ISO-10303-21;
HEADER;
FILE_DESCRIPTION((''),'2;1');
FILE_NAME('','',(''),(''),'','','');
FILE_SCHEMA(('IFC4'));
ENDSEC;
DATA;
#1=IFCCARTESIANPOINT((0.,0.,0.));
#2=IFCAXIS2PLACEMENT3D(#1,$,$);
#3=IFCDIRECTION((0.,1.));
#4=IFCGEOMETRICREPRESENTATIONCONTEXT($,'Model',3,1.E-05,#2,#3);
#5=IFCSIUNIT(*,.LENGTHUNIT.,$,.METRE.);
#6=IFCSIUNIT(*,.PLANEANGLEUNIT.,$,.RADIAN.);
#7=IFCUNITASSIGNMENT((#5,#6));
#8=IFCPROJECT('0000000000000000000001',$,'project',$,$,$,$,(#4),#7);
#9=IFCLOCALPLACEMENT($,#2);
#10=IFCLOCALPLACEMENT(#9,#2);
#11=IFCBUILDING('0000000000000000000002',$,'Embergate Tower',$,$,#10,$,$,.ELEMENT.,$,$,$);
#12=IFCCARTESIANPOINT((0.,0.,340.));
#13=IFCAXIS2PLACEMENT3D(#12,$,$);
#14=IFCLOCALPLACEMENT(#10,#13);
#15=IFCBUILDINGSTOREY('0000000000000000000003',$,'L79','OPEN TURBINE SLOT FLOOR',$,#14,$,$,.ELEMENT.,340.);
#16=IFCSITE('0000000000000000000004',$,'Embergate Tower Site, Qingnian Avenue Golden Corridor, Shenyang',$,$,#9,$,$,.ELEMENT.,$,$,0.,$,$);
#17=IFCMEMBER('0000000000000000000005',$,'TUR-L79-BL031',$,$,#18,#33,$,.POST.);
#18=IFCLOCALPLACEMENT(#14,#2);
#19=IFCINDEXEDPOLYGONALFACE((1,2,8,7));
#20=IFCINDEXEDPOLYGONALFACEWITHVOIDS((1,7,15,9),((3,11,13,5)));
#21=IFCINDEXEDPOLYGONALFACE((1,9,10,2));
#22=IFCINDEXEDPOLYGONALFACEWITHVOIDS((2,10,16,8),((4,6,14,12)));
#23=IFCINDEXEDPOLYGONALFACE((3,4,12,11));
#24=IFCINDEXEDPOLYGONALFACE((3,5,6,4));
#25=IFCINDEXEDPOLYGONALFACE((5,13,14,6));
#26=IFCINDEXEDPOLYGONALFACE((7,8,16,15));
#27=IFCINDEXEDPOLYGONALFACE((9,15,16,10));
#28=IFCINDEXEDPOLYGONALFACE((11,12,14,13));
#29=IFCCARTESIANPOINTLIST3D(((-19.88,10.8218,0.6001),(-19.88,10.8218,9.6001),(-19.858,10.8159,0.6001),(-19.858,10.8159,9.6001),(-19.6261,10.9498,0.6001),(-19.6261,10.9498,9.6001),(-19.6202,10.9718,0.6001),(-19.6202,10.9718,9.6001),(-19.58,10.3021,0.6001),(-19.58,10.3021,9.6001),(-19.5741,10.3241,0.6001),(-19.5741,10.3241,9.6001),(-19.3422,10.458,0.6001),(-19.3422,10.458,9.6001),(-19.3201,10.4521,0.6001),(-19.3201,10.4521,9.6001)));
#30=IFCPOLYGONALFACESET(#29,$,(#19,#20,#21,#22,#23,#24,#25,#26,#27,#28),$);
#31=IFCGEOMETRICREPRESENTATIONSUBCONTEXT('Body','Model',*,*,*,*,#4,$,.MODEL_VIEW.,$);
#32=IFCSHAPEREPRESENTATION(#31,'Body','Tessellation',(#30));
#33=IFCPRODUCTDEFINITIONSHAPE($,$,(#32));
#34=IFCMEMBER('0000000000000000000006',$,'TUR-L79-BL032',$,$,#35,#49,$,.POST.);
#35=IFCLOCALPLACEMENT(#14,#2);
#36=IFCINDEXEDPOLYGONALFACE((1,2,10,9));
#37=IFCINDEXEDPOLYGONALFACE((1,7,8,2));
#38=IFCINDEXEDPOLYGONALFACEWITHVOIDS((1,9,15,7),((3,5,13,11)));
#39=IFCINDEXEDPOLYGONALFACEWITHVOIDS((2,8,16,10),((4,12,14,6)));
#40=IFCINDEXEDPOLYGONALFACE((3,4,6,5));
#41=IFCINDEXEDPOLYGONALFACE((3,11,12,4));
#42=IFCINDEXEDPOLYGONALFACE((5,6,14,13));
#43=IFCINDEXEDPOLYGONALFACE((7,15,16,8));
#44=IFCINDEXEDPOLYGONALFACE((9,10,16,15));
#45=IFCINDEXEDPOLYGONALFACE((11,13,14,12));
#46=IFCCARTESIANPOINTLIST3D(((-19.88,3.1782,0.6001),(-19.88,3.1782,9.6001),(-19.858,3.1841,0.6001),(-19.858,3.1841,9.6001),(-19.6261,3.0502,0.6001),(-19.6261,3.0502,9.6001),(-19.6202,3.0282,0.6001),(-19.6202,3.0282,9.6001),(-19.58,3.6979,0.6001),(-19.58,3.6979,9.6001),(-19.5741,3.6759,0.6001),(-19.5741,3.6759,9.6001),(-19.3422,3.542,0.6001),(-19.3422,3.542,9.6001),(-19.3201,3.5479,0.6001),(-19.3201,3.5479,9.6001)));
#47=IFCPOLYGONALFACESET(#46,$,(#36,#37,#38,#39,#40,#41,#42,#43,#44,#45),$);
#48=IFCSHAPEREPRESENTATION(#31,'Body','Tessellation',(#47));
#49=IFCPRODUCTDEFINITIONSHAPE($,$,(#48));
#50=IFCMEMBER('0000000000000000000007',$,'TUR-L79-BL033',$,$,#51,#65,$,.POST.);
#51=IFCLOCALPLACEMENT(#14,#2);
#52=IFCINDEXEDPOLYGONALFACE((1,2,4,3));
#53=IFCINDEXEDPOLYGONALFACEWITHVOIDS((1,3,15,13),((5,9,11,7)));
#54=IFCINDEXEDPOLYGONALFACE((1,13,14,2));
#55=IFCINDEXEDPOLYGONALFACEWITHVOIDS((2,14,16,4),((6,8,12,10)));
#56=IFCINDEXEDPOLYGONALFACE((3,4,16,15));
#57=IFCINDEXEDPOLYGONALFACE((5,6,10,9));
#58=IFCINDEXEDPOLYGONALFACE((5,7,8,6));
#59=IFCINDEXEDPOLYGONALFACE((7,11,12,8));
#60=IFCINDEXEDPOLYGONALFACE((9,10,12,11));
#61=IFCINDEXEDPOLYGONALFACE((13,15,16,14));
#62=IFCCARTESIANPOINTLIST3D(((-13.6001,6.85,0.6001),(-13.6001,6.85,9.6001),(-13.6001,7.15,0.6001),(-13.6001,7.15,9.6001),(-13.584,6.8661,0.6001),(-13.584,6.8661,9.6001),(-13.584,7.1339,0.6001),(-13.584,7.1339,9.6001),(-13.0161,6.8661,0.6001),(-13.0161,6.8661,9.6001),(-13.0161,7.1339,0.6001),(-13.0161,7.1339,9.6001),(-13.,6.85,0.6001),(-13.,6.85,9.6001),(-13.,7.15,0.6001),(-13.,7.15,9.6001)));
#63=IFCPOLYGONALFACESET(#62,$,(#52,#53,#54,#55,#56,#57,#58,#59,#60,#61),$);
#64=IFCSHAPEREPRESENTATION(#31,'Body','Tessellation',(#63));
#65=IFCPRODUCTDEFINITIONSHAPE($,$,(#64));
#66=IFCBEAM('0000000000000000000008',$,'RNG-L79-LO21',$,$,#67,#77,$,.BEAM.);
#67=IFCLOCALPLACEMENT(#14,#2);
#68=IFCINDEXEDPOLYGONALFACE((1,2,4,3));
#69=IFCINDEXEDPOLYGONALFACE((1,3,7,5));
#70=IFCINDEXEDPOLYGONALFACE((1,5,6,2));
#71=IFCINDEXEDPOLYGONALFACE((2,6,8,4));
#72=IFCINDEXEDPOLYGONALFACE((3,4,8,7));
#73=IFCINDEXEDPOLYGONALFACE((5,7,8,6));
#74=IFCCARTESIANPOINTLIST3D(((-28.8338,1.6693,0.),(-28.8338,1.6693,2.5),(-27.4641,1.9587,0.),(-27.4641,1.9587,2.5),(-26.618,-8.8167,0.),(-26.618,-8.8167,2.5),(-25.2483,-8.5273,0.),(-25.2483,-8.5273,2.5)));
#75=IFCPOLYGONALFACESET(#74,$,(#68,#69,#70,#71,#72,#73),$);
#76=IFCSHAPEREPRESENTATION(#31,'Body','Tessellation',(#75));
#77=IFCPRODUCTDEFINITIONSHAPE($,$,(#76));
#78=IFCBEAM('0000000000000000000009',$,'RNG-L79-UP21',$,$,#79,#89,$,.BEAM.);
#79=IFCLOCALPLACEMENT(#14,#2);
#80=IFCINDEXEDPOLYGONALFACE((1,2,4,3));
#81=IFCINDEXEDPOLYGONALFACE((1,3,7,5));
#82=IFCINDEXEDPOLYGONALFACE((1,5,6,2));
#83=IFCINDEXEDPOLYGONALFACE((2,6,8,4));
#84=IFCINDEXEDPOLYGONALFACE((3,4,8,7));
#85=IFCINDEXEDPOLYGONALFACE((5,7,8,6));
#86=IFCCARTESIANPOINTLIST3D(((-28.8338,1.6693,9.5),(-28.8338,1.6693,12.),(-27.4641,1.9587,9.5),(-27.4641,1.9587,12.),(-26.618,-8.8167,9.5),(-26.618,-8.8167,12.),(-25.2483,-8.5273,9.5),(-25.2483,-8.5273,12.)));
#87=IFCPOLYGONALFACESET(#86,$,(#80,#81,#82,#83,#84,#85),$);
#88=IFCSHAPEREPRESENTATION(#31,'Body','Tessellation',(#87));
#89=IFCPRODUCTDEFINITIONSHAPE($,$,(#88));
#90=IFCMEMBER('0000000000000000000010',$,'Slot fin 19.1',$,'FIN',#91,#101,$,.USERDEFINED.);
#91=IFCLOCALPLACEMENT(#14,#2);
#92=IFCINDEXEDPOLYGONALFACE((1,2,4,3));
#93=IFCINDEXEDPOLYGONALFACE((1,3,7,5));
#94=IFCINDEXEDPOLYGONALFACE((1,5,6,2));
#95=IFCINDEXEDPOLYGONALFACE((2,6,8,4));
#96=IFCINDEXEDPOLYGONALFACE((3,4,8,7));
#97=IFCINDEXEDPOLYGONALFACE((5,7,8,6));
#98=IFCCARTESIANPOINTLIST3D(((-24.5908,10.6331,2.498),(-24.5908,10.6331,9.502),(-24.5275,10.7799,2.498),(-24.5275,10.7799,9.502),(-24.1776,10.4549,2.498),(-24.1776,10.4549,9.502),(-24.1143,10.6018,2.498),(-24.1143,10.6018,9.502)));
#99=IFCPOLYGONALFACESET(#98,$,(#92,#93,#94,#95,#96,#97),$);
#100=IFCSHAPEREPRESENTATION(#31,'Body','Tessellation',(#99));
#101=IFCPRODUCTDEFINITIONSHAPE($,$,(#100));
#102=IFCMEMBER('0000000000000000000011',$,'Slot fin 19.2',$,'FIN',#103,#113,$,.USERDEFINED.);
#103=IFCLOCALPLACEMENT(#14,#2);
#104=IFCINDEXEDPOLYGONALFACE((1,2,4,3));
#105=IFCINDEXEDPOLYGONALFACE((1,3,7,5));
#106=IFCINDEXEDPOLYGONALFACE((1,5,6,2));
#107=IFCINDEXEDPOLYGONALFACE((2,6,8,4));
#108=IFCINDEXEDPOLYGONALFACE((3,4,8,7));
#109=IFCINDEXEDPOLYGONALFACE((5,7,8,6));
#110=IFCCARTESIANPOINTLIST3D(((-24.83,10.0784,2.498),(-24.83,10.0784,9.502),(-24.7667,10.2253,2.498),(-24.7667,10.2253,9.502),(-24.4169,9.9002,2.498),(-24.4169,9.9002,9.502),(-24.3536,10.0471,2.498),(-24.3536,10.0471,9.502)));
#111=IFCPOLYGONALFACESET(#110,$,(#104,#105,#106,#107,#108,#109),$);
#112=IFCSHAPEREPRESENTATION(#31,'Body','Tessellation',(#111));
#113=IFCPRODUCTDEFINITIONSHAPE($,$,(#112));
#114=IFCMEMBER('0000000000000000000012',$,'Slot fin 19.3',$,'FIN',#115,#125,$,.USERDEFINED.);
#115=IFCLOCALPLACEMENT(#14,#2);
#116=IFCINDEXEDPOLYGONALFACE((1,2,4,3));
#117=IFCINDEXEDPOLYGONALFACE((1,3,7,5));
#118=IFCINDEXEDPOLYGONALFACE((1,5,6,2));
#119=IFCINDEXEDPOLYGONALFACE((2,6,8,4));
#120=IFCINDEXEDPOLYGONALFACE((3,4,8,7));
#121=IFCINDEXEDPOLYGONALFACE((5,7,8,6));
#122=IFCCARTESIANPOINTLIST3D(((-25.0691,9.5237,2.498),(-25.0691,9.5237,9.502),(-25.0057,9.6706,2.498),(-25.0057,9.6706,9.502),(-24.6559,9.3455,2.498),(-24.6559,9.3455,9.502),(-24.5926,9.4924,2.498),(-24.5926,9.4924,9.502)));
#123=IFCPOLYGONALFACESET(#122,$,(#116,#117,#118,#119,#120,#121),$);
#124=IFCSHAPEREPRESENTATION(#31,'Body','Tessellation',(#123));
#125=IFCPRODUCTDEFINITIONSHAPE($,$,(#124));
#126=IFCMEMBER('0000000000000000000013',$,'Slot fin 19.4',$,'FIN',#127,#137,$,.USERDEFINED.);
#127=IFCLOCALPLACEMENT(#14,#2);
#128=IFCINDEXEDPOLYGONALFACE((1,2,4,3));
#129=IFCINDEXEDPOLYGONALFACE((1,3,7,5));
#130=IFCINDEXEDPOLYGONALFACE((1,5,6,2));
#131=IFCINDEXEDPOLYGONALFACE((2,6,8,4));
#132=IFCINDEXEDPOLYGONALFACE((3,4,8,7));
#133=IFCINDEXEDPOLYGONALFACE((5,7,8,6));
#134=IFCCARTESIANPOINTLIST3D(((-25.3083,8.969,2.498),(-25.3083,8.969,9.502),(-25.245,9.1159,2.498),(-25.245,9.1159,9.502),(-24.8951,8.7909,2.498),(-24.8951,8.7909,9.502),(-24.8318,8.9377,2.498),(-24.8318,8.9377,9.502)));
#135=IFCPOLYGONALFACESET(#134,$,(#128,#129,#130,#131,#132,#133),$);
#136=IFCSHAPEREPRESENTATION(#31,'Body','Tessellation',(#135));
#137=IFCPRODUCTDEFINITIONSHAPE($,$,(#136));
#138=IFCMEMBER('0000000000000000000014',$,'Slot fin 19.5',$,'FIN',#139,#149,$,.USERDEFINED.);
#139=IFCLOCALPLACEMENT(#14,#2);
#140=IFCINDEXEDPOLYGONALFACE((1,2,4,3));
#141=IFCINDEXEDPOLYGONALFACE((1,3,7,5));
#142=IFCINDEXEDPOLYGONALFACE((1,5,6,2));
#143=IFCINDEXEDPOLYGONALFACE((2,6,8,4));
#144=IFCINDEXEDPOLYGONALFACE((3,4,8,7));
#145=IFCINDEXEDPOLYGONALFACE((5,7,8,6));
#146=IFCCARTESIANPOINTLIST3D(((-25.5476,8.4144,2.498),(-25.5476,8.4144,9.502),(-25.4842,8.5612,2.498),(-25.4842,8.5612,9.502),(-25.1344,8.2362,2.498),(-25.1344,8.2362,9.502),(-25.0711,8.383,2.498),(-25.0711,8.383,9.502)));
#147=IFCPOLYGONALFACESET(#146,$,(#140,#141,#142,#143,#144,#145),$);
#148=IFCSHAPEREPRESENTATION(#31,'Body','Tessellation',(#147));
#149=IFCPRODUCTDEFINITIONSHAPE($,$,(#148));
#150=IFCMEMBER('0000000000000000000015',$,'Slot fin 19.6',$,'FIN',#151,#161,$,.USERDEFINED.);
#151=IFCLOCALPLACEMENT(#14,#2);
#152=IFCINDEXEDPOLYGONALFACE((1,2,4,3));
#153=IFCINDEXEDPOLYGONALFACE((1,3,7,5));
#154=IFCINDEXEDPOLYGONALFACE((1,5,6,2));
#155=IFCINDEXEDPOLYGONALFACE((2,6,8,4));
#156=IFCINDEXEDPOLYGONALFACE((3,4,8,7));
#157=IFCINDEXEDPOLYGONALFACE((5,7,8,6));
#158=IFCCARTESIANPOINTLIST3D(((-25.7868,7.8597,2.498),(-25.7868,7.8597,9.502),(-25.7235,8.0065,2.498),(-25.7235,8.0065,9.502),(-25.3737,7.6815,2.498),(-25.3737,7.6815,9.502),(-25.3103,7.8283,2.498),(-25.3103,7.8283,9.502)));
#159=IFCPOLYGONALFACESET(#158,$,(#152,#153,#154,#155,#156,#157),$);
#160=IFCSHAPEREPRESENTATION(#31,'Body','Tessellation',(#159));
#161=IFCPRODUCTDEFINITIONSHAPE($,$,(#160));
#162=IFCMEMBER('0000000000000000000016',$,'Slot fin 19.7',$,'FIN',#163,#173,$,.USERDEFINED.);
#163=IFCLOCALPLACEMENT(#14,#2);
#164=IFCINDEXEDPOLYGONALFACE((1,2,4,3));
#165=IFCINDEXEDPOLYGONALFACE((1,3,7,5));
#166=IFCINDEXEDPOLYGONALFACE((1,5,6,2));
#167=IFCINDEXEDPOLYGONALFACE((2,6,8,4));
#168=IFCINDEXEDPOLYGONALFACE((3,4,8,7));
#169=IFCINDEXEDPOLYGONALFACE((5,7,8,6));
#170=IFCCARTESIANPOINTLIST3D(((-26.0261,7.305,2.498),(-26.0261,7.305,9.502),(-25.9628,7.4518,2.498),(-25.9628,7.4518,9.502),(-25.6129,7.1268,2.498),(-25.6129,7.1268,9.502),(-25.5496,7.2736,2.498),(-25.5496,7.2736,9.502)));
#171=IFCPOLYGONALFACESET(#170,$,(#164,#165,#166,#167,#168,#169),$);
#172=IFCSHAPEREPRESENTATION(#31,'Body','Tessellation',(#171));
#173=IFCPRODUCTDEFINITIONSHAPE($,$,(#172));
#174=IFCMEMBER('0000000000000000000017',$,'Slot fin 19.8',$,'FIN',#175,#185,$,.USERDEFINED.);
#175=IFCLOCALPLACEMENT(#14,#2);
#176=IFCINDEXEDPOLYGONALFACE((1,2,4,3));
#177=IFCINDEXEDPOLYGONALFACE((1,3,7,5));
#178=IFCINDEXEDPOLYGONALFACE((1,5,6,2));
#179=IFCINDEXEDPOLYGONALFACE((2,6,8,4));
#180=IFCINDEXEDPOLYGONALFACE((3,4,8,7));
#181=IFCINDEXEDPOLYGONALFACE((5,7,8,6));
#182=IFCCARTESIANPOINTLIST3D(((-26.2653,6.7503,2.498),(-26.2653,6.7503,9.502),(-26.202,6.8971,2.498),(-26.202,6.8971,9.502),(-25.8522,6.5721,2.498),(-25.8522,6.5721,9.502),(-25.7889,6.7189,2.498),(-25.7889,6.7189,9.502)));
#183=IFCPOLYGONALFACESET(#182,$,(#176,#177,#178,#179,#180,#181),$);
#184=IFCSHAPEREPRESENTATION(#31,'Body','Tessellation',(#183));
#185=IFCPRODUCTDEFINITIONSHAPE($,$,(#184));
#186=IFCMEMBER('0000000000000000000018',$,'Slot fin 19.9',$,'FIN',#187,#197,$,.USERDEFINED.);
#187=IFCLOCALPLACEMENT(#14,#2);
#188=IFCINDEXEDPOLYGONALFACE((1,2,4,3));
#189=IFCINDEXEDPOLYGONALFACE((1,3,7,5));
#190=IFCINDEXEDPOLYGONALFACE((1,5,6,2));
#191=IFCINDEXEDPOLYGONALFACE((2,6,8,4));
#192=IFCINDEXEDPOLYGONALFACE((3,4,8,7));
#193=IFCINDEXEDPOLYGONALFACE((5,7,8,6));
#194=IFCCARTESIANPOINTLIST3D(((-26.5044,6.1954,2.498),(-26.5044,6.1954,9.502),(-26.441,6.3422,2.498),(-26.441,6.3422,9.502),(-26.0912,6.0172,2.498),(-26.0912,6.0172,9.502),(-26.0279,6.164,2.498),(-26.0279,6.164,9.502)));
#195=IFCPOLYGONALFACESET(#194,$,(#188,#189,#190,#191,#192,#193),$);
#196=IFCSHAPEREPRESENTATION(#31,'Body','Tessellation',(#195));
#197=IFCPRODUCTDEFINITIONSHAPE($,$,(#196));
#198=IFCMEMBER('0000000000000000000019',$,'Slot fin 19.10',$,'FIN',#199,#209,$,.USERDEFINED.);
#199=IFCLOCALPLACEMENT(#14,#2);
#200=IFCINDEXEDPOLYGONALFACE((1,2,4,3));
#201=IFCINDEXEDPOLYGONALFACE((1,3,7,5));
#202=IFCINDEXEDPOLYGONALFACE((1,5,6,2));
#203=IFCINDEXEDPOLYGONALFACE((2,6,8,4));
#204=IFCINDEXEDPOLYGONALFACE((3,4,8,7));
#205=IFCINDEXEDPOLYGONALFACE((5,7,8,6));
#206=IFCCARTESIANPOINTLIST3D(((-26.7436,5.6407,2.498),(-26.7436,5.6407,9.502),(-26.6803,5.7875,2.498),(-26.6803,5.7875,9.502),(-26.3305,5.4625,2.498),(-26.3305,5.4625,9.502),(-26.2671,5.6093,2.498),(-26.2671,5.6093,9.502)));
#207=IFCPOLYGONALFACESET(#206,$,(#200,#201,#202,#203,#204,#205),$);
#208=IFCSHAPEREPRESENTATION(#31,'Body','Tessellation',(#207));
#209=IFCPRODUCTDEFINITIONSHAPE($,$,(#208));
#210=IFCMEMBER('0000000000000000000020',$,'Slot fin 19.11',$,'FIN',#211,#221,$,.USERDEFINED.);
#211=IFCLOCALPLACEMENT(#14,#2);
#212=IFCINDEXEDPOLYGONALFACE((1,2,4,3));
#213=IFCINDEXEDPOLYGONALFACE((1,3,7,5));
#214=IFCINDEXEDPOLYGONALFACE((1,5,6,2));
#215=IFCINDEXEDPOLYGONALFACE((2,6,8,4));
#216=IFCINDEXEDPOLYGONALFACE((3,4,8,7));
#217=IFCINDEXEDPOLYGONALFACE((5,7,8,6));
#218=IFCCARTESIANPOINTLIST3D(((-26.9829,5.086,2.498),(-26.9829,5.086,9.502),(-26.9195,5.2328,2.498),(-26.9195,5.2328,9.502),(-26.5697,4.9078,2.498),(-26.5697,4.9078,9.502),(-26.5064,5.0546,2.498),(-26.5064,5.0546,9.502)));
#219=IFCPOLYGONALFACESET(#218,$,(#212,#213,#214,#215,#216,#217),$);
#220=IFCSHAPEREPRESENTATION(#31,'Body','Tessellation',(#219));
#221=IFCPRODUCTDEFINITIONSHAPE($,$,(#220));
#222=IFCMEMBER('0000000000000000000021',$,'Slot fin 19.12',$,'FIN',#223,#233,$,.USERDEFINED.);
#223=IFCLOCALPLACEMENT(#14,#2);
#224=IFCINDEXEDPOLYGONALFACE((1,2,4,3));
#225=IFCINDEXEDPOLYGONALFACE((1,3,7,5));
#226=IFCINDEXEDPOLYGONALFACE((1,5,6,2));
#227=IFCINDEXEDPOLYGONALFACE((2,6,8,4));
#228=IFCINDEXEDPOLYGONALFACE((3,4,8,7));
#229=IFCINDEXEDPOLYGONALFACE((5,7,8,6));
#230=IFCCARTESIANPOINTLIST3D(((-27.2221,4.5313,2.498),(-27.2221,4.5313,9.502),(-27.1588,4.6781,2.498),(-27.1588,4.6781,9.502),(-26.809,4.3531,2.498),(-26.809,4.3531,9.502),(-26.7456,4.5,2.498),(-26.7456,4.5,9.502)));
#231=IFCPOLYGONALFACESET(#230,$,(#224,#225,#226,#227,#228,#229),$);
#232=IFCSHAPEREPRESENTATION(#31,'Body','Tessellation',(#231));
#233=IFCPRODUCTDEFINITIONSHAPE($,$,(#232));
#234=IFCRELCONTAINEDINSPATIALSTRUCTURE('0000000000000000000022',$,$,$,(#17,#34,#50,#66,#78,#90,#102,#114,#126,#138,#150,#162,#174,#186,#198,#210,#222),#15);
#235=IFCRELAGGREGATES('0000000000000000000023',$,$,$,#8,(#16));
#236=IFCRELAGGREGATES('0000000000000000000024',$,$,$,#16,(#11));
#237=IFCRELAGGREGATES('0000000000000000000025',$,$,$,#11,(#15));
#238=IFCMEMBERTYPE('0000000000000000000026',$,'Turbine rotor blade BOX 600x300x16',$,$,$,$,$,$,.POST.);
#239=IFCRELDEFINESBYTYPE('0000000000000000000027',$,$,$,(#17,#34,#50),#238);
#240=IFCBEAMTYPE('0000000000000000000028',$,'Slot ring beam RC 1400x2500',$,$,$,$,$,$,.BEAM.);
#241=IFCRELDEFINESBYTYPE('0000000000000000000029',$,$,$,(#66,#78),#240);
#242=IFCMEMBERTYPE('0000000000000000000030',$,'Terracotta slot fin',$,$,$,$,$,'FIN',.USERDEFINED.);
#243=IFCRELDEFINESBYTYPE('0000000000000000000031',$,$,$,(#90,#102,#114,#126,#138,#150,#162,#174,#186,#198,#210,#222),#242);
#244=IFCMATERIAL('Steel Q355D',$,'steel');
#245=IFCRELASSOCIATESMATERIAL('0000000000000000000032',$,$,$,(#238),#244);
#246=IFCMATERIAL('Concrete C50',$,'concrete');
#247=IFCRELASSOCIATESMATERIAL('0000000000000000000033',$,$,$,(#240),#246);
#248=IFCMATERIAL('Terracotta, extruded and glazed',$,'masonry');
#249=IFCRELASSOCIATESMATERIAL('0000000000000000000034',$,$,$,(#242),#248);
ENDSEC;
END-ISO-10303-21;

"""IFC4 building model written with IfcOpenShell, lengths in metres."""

from ifc_helpers import new_model, si_unit, direction, frame, origin, origin_2d, place, context, subcontext, project, spatial, rectangle, hollow_rectangle, extrude, source, transform, mapped, material, material_profile, profile_set, type_object, element, save


model = new_model("IFC4")

# Units and contexts
model_context = context("Model", 3, precision=1e-05, world=origin(), true_north=direction((0.0, 1.0)))
body_context = subcontext(model_context, "Body", "Model", "MODEL_VIEW")
ifc_project = project(units=[si_unit("LENGTHUNIT", "METRE"), si_unit("PLANEANGLEUNIT", "RADIAN")], contexts=[model_context])

# Site, building, storey
site_placement = place(None, origin())
site = spatial("IfcSite", under=ifc_project, at=site_placement, Name="Embergate Tower Site, Qingnian Avenue Golden Corridor, Shenyang", CompositionType="ELEMENT", RefElevation=0.0)
building_placement = place(site_placement, origin())
building = spatial("IfcBuilding", under=site, at=building_placement, Name="Embergate Tower", CompositionType="ELEMENT")
storey_placement = place(building_placement, frame((0.0, 0.0, 340.0)))
storey = spatial("IfcBuildingStorey", under=building, at=storey_placement, Name="L79", Description="OPEN TURBINE SLOT FLOOR", CompositionType="ELEMENT", Elevation=340.0)

# Shared definitions
ifc_material_1 = material(Name="Concrete C50", Category="concrete")

# Shared definitions
ifc_material_2 = material(Name="Steel Q355D", Category="steel")

# Members
ifc_material_profile_1 = material_profile(ifc_material_2, hollow_rectangle(XDim=0.3, YDim=0.6001, WallThickness=0.0161, at=origin_2d()), Name="BOX 600x300x16")
ifc_profile_set_1 = profile_set([ifc_material_profile_1], Name="Steel Q355 grade D")
member_type_1 = type_object("IfcMemberType", Name="Turbine rotor blade BOX 600x300x16", PredefinedType="POST", material=ifc_profile_set_1)
shared_shape_1 = source(origin(), body_context, "Body", "SweptSolid", [
    extrude(hollow_rectangle(XDim=0.3, YDim=0.6001, WallThickness=0.0161, at=origin_2d()), origin(), (0.0, 0.0, 1.0), 9.0),
])
for number, where, z_axis, x_axis, name in (
    (1, (-19.6001, 10.637, 0.6001), (0.0, 0.0, 1.0), (-0.866025, -0.5, 0.0), "TUR-L79-BL031"),
    (2, (-19.6001, 3.363, 0.6001), (0.0, 0.0, 1.0), (0.866025, -0.5, 0.0), "TUR-L79-BL032"),
    (3, (-13.3, 7.0, 0.6001), (0.0, 0.0, 1.0), (0.0, 1.0, 0.0), "TUR-L79-BL033"),
):
    element("IfcMember", number, at=place(storey_placement, frame(where, z_axis=z_axis, x_axis=x_axis)), inside=storey, type_object=member_type_1, Name=name, PredefinedType="POST", context=body_context, shape_type="MappedRepresentation", body=[
        mapped(shared_shape_1, transform((0.0, 0.0, 0.0))),
    ])

# Beams
ifc_material_profile_2 = material_profile(ifc_material_1, rectangle(XDim=1.3999, YDim=2.5, at=origin_2d()), Name="RC 1400x2500")
ifc_profile_set_2 = profile_set([ifc_material_profile_2], Name="Concrete C50")
beam_type_1 = type_object("IfcBeamType", Name="Slot ring beam RC 1400x2500", PredefinedType="BEAM", material=ifc_profile_set_2)
shared_shape_2 = source(origin(), body_context, "Body", "SweptSolid", [
    extrude(rectangle(XDim=1.3999, YDim=2.5, at=origin_2d()), origin(), (0.0, 0.0, 1.0), 10.7175),
])
for number, where, z_axis, x_axis, name in (
    (4, (-28.1489, 1.814, 1.25), (0.206745, -0.978395, 0.0), (0.978395, 0.206745, 0.0), "RNG-L79-LO21"),
    (5, (-28.1489, 1.814, 10.75), (0.206745, -0.978395, 0.0), (0.978395, 0.206745, 0.0), "RNG-L79-UP21"),
):
    element("IfcBeam", number, at=place(storey_placement, frame(where, z_axis=z_axis, x_axis=x_axis)), inside=storey, type_object=beam_type_1, Name=name, PredefinedType="BEAM", context=body_context, shape_type="MappedRepresentation", body=[
        mapped(shared_shape_2, transform((0.0, 0.0, 0.0))),
    ])

# Members
ifc_material_3 = material(Name="Terracotta, extruded and glazed", Category="masonry")
ifc_material_profile_3 = material_profile(ifc_material_3, rectangle(XDim=0.45, YDim=0.1599, at=origin_2d()), Name="TC 450x160")
ifc_profile_set_3 = profile_set([ifc_material_profile_3], Name="Terracotta, extruded and glazed")
member_type_2 = type_object("IfcMemberType", Name="Terracotta slot fin", ElementType="FIN", PredefinedType="USERDEFINED", material=ifc_profile_set_3)
shared_shape_3 = source(origin(), body_context, "Body", "SweptSolid", [
    extrude(rectangle(XDim=0.45, YDim=0.1599, at=origin_2d()), origin(), (0.0, 0.0, 1.0), 7.0039),
])
for number, where, z_axis, x_axis, name in (
    (6, (-24.3525, 10.6174, 2.498), (0.0, 0.0, 1.0), (0.91825, -0.396002, 0.0), "Slot fin 19.1"),
    (7, (-24.5918, 10.0627, 2.498), (0.0, 0.0, 1.0), (0.91825, -0.396002, 0.0), "Slot fin 19.2"),
    (8, (-24.8308, 9.5081, 2.498), (0.0, 0.0, 1.0), (0.91825, -0.396002, 0.0), "Slot fin 19.3"),
    (9, (-25.0701, 8.9534, 2.498), (0.0, 0.0, 1.0), (0.91825, -0.396002, 0.0), "Slot fin 19.4"),
    (10, (-25.3093, 8.3987, 2.498), (0.0, 0.0, 1.0), (0.91825, -0.396002, 0.0), "Slot fin 19.5"),
    (11, (-25.5486, 7.844, 2.498), (0.0, 0.0, 1.0), (0.91825, -0.396002, 0.0), "Slot fin 19.6"),
    (12, (-25.7878, 7.2893, 2.498), (0.0, 0.0, 1.0), (0.91825, -0.396002, 0.0), "Slot fin 19.7"),
    (13, (-26.0271, 6.7346, 2.498), (0.0, 0.0, 1.0), (0.91825, -0.396002, 0.0), "Slot fin 19.8"),
    (14, (-26.2661, 6.1797, 2.498), (0.0, 0.0, 1.0), (0.91825, -0.396002, 0.0), "Slot fin 19.9"),
    (15, (-26.5054, 5.625, 2.498), (0.0, 0.0, 1.0), (0.91825, -0.396002, 0.0), "Slot fin 19.10"),
    (16, (-26.7446, 5.0703, 2.498), (0.0, 0.0, 1.0), (0.91825, -0.396002, 0.0), "Slot fin 19.11"),
    (17, (-26.9839, 4.5156, 2.498), (0.0, 0.0, 1.0), (0.91825, -0.396002, 0.0), "Slot fin 19.12"),
):
    element("IfcMember", number, at=place(storey_placement, frame(where, z_axis=z_axis, x_axis=x_axis)), inside=storey, type_object=member_type_2, Name=name, ObjectType="FIN", PredefinedType="USERDEFINED", context=body_context, shape_type="MappedRepresentation", body=[
        mapped(shared_shape_3, transform((0.0, 0.0, 0.0))),
    ])

save(model, "model.ifc")
